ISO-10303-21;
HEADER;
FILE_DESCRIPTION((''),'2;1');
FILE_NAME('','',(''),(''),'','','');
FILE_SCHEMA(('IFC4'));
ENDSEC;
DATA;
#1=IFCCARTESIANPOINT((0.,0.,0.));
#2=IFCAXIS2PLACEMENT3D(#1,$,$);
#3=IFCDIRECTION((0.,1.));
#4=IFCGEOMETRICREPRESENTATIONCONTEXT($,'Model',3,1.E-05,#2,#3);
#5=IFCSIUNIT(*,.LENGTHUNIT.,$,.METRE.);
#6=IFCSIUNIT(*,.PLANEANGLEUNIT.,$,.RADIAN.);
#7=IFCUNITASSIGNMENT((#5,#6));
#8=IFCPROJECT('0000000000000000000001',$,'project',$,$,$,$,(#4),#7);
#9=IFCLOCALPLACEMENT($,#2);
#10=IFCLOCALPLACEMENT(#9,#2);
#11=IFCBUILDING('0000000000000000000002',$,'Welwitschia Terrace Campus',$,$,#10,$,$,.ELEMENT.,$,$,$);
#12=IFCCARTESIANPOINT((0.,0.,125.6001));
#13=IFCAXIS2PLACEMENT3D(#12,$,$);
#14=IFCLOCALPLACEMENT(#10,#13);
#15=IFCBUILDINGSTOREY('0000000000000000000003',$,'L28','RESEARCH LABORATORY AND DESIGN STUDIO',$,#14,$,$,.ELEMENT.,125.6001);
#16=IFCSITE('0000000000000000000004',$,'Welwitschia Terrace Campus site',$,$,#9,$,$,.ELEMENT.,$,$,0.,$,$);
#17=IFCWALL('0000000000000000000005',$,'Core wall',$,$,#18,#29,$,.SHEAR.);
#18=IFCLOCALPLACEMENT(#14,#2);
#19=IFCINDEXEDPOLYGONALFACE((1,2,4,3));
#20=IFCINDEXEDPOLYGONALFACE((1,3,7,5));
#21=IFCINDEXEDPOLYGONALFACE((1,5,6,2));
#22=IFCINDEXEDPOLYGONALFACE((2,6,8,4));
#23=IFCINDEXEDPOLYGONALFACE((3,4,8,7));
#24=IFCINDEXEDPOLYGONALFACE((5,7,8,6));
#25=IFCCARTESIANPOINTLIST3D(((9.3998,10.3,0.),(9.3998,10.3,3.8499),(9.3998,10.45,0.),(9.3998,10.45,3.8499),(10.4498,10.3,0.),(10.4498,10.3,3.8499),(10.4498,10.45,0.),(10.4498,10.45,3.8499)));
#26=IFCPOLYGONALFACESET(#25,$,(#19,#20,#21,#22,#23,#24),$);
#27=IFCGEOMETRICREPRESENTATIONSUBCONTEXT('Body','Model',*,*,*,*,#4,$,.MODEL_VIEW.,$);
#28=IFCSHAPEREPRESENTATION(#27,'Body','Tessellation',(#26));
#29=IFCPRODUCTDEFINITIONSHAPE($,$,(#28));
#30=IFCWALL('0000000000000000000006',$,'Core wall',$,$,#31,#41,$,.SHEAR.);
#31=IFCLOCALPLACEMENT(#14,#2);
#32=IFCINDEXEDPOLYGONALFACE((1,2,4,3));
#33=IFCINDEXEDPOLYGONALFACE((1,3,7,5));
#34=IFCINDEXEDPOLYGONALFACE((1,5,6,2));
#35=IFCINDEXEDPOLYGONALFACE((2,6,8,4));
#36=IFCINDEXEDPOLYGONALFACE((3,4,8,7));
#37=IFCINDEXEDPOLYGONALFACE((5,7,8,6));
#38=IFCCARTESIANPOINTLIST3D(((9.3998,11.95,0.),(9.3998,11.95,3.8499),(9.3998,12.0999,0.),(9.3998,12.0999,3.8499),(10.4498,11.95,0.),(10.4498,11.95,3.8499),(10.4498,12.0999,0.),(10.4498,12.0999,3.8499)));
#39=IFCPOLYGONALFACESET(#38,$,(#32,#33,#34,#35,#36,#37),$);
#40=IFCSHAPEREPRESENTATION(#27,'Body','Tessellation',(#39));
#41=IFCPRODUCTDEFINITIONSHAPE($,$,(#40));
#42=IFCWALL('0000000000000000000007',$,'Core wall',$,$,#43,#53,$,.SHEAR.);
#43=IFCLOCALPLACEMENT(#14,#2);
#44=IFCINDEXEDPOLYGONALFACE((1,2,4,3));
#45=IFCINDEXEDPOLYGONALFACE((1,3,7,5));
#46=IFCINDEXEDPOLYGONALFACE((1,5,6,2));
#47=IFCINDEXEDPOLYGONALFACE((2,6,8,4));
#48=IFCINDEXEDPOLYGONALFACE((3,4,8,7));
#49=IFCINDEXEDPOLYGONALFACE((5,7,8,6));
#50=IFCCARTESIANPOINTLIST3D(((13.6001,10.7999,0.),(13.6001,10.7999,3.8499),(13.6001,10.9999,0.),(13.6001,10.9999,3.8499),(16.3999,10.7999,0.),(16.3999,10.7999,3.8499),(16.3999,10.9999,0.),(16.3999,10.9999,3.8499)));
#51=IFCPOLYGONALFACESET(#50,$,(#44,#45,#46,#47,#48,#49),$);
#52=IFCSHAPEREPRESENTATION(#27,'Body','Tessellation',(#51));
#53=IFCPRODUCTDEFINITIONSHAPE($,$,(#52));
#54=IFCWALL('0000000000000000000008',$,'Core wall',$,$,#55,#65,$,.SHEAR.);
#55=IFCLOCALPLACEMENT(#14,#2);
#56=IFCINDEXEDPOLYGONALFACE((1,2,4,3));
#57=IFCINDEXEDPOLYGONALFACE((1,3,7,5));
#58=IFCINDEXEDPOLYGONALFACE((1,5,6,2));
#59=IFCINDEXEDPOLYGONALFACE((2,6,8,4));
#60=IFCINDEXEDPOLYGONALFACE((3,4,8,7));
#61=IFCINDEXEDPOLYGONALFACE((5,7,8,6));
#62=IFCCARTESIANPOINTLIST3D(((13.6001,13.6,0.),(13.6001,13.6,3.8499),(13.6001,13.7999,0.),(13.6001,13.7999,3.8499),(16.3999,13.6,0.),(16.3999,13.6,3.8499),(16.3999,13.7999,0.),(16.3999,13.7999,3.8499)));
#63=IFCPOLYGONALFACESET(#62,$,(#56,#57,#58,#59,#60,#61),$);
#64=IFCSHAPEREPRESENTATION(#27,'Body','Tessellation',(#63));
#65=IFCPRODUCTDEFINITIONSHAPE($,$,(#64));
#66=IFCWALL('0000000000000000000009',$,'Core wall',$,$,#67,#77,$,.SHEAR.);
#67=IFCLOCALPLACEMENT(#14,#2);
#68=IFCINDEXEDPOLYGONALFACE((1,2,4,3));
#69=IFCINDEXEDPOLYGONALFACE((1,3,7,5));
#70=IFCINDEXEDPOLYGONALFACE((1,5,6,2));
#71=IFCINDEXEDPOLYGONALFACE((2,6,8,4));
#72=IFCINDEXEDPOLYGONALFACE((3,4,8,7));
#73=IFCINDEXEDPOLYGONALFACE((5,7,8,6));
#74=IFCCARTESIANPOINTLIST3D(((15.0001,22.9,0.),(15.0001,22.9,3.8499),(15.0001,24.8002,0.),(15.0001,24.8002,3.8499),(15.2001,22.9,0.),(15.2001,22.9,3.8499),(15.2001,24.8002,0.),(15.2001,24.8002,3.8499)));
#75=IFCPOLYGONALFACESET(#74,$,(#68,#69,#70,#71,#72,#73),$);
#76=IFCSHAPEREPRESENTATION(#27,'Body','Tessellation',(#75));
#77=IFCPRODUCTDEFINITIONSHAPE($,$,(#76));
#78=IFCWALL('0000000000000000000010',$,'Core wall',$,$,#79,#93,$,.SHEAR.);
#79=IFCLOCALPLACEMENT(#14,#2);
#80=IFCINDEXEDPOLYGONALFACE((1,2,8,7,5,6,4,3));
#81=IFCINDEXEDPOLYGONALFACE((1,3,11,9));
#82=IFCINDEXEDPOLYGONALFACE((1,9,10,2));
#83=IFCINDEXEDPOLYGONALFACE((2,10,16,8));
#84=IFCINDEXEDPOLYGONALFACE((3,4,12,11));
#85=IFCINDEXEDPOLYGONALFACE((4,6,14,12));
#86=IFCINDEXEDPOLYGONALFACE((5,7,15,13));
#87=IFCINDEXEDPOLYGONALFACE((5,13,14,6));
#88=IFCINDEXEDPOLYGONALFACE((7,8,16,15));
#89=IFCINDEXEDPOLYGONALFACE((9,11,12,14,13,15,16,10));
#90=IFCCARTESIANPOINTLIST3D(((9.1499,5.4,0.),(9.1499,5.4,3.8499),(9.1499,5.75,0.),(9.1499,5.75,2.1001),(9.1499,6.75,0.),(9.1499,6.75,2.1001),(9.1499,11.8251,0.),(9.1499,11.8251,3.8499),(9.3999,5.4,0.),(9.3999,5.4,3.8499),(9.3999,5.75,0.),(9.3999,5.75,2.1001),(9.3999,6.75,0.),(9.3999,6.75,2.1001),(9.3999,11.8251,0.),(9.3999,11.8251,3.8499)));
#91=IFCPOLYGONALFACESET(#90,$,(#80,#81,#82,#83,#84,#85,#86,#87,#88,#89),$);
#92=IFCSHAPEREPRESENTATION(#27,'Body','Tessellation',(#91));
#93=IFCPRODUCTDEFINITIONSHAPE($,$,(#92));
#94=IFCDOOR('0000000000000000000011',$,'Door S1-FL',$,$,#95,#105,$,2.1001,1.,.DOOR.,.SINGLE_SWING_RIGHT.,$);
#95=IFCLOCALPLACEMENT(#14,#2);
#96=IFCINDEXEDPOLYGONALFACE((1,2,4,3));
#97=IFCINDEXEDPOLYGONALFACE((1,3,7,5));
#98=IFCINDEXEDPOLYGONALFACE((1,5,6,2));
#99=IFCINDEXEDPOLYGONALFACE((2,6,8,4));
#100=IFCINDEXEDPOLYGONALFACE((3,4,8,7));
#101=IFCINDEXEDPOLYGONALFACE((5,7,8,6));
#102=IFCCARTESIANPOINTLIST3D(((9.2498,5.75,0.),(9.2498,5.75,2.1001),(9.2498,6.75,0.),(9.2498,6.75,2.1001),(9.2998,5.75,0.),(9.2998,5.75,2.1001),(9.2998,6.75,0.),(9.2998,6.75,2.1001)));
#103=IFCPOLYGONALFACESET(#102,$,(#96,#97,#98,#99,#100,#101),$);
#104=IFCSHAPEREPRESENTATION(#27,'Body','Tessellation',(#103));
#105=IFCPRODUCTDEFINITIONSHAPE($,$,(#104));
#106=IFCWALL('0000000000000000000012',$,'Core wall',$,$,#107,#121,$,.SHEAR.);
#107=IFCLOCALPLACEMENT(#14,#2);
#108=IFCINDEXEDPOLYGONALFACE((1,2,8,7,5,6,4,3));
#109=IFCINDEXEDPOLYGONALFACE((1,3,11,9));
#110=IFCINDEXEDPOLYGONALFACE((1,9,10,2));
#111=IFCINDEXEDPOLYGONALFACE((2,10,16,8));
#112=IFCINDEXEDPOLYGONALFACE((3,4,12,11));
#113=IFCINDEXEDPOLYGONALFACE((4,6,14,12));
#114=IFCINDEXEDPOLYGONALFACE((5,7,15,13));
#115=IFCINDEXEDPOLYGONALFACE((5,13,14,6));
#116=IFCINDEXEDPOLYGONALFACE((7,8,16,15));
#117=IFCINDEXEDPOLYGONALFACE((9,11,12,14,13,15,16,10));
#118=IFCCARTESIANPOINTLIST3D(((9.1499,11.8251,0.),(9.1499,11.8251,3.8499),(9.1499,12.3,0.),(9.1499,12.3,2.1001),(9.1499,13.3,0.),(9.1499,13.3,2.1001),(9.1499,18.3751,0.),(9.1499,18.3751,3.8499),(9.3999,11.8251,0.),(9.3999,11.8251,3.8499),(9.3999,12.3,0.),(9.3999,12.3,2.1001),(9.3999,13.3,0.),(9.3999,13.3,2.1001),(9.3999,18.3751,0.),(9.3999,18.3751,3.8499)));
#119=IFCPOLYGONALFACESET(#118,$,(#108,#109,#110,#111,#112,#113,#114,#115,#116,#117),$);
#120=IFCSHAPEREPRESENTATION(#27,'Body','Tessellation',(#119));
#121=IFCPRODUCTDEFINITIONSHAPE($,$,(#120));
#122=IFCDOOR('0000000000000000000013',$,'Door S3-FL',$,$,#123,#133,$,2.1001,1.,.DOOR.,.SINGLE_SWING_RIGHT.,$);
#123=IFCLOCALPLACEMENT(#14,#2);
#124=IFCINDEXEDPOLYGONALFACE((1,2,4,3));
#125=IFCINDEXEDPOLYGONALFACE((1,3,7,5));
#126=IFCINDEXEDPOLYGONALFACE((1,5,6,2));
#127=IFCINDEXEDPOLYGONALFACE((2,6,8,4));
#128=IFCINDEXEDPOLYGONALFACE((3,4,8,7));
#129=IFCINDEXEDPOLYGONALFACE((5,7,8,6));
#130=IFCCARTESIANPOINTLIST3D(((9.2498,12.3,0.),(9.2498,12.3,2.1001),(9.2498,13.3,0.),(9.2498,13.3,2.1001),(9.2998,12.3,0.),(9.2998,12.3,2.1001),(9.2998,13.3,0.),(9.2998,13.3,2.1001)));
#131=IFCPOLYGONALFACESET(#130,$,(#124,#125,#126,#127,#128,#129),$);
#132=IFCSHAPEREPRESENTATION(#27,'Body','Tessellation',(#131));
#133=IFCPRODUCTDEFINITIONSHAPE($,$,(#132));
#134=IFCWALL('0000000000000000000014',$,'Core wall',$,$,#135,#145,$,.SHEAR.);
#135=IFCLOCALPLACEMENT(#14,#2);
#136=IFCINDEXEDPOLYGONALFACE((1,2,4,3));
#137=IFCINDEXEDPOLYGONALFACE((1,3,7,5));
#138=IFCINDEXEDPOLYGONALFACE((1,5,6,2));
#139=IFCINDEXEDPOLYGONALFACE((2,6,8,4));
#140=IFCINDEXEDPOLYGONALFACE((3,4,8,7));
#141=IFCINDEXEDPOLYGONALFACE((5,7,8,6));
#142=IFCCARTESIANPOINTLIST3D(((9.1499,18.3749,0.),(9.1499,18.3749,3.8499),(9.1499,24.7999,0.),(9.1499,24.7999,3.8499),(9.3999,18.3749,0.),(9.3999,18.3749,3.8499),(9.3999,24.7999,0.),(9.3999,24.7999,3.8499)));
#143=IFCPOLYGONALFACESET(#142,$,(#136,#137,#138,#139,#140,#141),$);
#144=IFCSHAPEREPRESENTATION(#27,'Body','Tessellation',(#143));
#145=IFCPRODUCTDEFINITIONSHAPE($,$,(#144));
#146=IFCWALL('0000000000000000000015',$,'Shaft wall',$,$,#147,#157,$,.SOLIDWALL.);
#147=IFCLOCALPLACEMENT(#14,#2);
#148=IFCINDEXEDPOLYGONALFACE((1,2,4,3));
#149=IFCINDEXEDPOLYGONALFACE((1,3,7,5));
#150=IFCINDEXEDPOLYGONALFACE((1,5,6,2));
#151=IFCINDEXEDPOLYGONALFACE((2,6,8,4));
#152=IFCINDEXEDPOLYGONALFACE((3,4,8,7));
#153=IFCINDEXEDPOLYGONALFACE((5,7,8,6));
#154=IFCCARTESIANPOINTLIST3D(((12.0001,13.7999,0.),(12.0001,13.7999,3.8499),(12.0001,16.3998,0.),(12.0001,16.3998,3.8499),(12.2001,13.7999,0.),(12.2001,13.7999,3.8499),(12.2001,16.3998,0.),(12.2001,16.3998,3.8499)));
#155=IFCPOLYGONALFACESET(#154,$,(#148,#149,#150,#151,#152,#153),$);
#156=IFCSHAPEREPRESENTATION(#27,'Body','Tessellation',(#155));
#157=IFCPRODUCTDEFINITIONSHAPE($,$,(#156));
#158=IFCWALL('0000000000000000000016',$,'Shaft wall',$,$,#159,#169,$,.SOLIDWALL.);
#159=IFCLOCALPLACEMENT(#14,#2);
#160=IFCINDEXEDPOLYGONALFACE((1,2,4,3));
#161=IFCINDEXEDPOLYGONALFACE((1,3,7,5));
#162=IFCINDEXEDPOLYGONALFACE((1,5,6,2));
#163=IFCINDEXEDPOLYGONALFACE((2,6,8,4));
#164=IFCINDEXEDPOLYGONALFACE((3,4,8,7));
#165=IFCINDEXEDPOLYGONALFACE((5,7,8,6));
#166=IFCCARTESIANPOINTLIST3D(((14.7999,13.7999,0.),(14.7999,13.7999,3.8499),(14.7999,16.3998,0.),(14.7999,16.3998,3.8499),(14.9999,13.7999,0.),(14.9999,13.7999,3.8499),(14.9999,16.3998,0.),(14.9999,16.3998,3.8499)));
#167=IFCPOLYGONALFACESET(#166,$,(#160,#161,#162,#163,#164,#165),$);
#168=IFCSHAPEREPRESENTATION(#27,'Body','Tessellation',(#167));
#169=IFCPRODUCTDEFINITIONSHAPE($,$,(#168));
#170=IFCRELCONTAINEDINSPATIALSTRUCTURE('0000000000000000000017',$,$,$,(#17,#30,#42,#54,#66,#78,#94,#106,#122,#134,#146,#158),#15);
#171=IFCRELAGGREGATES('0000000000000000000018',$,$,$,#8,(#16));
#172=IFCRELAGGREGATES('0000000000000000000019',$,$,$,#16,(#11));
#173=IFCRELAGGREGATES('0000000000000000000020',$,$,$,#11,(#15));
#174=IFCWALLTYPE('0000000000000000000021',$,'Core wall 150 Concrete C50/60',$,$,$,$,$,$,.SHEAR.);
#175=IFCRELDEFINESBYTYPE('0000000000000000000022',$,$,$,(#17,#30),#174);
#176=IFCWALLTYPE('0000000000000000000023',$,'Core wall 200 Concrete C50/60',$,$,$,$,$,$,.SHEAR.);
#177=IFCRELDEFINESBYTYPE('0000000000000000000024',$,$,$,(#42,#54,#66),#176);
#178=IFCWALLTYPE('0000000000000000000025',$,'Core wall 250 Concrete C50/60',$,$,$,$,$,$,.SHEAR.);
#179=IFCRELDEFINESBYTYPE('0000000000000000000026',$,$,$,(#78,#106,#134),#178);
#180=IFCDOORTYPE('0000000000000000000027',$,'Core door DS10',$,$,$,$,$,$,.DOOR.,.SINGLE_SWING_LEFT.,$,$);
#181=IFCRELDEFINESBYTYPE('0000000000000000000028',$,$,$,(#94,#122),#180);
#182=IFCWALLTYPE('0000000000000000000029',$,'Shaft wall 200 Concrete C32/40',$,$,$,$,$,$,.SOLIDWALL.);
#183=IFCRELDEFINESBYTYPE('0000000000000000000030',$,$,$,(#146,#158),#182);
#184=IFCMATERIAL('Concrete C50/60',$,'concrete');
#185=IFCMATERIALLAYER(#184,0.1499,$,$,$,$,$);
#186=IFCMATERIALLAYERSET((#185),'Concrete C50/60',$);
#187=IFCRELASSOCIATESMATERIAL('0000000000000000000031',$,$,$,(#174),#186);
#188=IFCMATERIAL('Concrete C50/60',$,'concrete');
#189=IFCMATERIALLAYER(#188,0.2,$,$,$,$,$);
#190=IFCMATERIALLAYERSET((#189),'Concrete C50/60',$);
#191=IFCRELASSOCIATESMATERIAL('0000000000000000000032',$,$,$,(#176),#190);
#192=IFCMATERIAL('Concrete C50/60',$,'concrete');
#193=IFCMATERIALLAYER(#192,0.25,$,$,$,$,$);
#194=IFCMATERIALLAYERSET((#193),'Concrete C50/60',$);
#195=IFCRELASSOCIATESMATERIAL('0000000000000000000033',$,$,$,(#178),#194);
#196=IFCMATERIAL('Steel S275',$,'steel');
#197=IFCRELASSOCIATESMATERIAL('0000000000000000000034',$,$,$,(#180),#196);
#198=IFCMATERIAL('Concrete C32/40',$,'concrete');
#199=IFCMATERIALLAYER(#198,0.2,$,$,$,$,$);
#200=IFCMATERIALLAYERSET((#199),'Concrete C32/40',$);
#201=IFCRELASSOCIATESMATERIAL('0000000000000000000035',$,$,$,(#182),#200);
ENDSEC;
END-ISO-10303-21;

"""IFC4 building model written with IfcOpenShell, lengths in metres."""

from ifc_helpers import new_model, si_unit, direction, frame, frame_2d, origin, place, context, subcontext, project, spatial, rectangle, extrude, material, layer, layer_set, type_object, element, fill, save


model = new_model("IFC4")

# Units and contexts
model_context = context("Model", 3, precision=1e-05, world=origin(), true_north=direction((0.0, 1.0)))
body_context = subcontext(model_context, "Body", "Model", "MODEL_VIEW")
ifc_project = project(units=[si_unit("LENGTHUNIT", "METRE"), si_unit("PLANEANGLEUNIT", "RADIAN")], contexts=[model_context])

# Site, building, storey
site_placement = place(None, origin())
site = spatial("IfcSite", under=ifc_project, at=site_placement, Name="Welwitschia Terrace Campus site", CompositionType="ELEMENT", RefElevation=0.0)
building_placement = place(site_placement, origin())
building = spatial("IfcBuilding", under=site, at=building_placement, Name="Welwitschia Terrace Campus", CompositionType="ELEMENT")
storey_placement = place(building_placement, frame((0.0, 0.0, 125.6001)))
storey = spatial("IfcBuildingStorey", under=building, at=storey_placement, Name="L28", Description="RESEARCH LABORATORY AND DESIGN STUDIO", CompositionType="ELEMENT", Elevation=125.6001)

# Walls
ifc_material_1 = material(Name="Concrete C50/60", Category="concrete")
ifc_layer_1 = layer(ifc_material_1, 0.1499)
ifc_layer_set_1 = layer_set([ifc_layer_1], Name="Concrete C50/60")
wall_type_1 = type_object("IfcWallType", Name="Core wall 150 Concrete C50/60", PredefinedType="SHEAR", material=ifc_layer_set_1)
for number, where, z_axis, x_axis, name in (
    (1, (9.3999, 10.375, 0.0), (0.0, 0.0, 1.0), (1.0, 0.0, 0.0), "Core wall"),
    (2, (9.3999, 12.0249, 0.0), (0.0, 0.0, 1.0), (1.0, 0.0, 0.0), "Core wall"),
):
    element("IfcWall", number, at=place(storey_placement, frame(where, z_axis=z_axis, x_axis=x_axis)), inside=storey, type_object=wall_type_1, Name=name, PredefinedType="SHEAR", context=body_context, shape_type="SweptSolid", body=[
        extrude(rectangle(XDim=1.05, YDim=0.1499, at=frame_2d((0.5249, 0.0))), origin(), (0.0, 0.0, 1.0), 3.8499),
    ])
ifc_material_2 = material(Name="Concrete C50/60", Category="concrete")
ifc_layer_2 = layer(ifc_material_2, 0.2)
ifc_layer_set_2 = layer_set([ifc_layer_2], Name="Concrete C50/60")
wall_type_2 = type_object("IfcWallType", Name="Core wall 200 Concrete C50/60", PredefinedType="SHEAR", material=ifc_layer_set_2)
for number, where, z_axis, x_axis, name in (
    (3, (13.6001, 10.8999, 0.0), (0.0, 0.0, 1.0), (1.0, 0.0, 0.0), "Core wall"),
    (4, (13.6001, 13.7, 0.0), (0.0, 0.0, 1.0), (1.0, 0.0, 0.0), "Core wall"),
):
    element("IfcWall", number, at=place(storey_placement, frame(where, z_axis=z_axis, x_axis=x_axis)), inside=storey, type_object=wall_type_2, Name=name, PredefinedType="SHEAR", context=body_context, shape_type="SweptSolid", body=[
        extrude(rectangle(XDim=2.7998, YDim=0.2, at=frame_2d((1.3999, 0.0))), origin(), (0.0, 0.0, 1.0), 3.8499),
    ])
wall_1_placement = place(storey_placement, frame((15.1001, 22.8999, 0.0), z_axis=(0.0, 0.0, 1.0), x_axis=(0.0, 1.0, 0.0)))
element("IfcWall", 5, at=wall_1_placement, inside=storey, type_object=wall_type_2, Name="Core wall", PredefinedType="SHEAR", context=body_context, shape_type="SweptSolid", body=[
    extrude(rectangle(XDim=1.9001, YDim=0.2, at=frame_2d((0.9502, 0.0))), origin(), (0.0, 0.0, 1.0), 3.8499),
])

# Walls, openings, doors
ifc_material_3 = material(Name="Concrete C50/60", Category="concrete")
ifc_layer_3 = layer(ifc_material_3, 0.25)
ifc_layer_set_3 = layer_set([ifc_layer_3], Name="Concrete C50/60")
wall_type_3 = type_object("IfcWallType", Name="Core wall 250 Concrete C50/60", PredefinedType="SHEAR", material=ifc_layer_set_3)
wall_2_placement = place(storey_placement, frame((9.2749, 11.825, 0.0), z_axis=(0.0, 0.0, 1.0), x_axis=(0.0, -1.0, 0.0)))
wall_2 = element("IfcWall", 6, at=wall_2_placement, inside=storey, type_object=wall_type_3, Name="Core wall", PredefinedType="SHEAR", context=body_context, shape_type="SweptSolid", body=[
    extrude(rectangle(XDim=6.425, YDim=0.25, at=frame_2d((3.2124, 0.0))), origin(), (0.0, 0.0, 1.0), 3.8499),
])
opening_1_placement = place(wall_2_placement, frame((5.075, 0.0, 0.0)))
opening_1 = element("IfcOpeningElement", 7, at=opening_1_placement, cuts=wall_2, PredefinedType="OPENING", context=body_context, shape_type="SweptSolid", body=[
    extrude(rectangle(XDim=1.0, YDim=2.1001, at=frame_2d((0.5, 1.05))), frame((0.0, 0.135, 0.0), z_axis=(0.0, -1.0, 0.0), x_axis=(1.0, 0.0, 0.0)), (0.0, 0.0, 1.0), 0.27),
])
ifc_material_4 = material(Name="Steel S275", Category="steel")
door_type_1 = type_object("IfcDoorType", Name="Core door DS10", OperationType="SINGLE_SWING_LEFT", PredefinedType="DOOR", material=ifc_material_4)
door_1_placement = place(opening_1_placement, origin())
door_1 = element("IfcDoor", 8, at=door_1_placement, inside=storey, type_object=door_type_1, Name="Door S1-FL", OperationType="SINGLE_SWING_RIGHT", OverallHeight=2.1001, OverallWidth=1.0, PredefinedType="DOOR", context=body_context, shape_type="SweptSolid", body=[
    extrude(rectangle(XDim=1.0, YDim=2.1001, at=frame_2d((0.5, 1.05))), frame((0.0, 0.0249, 0.0), z_axis=(0.0, -1.0, 0.0), x_axis=(1.0, 0.0, 0.0)), (0.0, 0.0, 1.0), 0.05),
])
fill(opening_1, door_1)
wall_3_placement = place(storey_placement, frame((9.2749, 18.375, 0.0), z_axis=(0.0, 0.0, 1.0), x_axis=(0.0, -1.0, 0.0)))
wall_3 = element("IfcWall", 9, at=wall_3_placement, inside=storey, type_object=wall_type_3, Name="Core wall", PredefinedType="SHEAR", context=body_context, shape_type="SweptSolid", body=[
    extrude(rectangle(XDim=6.55, YDim=0.25, at=frame_2d((3.2749, 0.0))), origin(), (0.0, 0.0, 1.0), 3.8499),
])
opening_2_placement = place(wall_3_placement, frame((5.075, 0.0, 0.0)))
opening_2 = element("IfcOpeningElement", 10, at=opening_2_placement, cuts=wall_3, PredefinedType="OPENING", context=body_context, shape_type="SweptSolid", body=[
    extrude(rectangle(XDim=1.0, YDim=2.1001, at=frame_2d((0.5, 1.05))), frame((0.0, 0.135, 0.0), z_axis=(0.0, -1.0, 0.0), x_axis=(1.0, 0.0, 0.0)), (0.0, 0.0, 1.0), 0.27),
])
door_2_placement = place(opening_2_placement, origin())
door_2 = element("IfcDoor", 11, at=door_2_placement, inside=storey, type_object=door_type_1, Name="Door S3-FL", OperationType="SINGLE_SWING_RIGHT", OverallHeight=2.1001, OverallWidth=1.0, PredefinedType="DOOR", context=body_context, shape_type="SweptSolid", body=[
    extrude(rectangle(XDim=1.0, YDim=2.1001, at=frame_2d((0.5, 1.05))), frame((0.0, 0.0249, 0.0), z_axis=(0.0, -1.0, 0.0), x_axis=(1.0, 0.0, 0.0)), (0.0, 0.0, 1.0), 0.05),
])
fill(opening_2, door_2)

# Walls
wall_4_placement = place(storey_placement, frame((9.2749, 18.375, 0.0), z_axis=(0.0, 0.0, 1.0), x_axis=(0.0, 1.0, 0.0)))
element("IfcWall", 12, at=wall_4_placement, inside=storey, type_object=wall_type_3, Name="Core wall", PredefinedType="SHEAR", context=body_context, shape_type="SweptSolid", body=[
    extrude(rectangle(XDim=6.425, YDim=0.25, at=frame_2d((3.2124, 0.0))), origin(), (0.0, 0.0, 1.0), 3.8499),
])
ifc_material_5 = material(Name="Concrete C32/40", Category="concrete")
ifc_layer_4 = layer(ifc_material_5, 0.2)
ifc_layer_set_4 = layer_set([ifc_layer_4], Name="Concrete C32/40")
wall_type_4 = type_object("IfcWallType", Name="Shaft wall 200 Concrete C32/40", PredefinedType="SOLIDWALL", material=ifc_layer_set_4)
for number, where, z_axis, x_axis, name in (
    (13, (12.1001, 13.8, 0.0), (0.0, 0.0, 1.0), (0.0, 1.0, 0.0), "Shaft wall"),
    (14, (14.8999, 13.8, 0.0), (0.0, 0.0, 1.0), (0.0, 1.0, 0.0), "Shaft wall"),
):
    element("IfcWall", number, at=place(storey_placement, frame(where, z_axis=z_axis, x_axis=x_axis)), inside=storey, type_object=wall_type_4, Name=name, PredefinedType="SOLIDWALL", context=body_context, shape_type="SweptSolid", body=[
        extrude(rectangle(XDim=2.5999, YDim=0.2, at=frame_2d((1.2998, 0.0))), origin(), (0.0, 0.0, 1.0), 3.8499),
    ])

save(model, "model.ifc")
